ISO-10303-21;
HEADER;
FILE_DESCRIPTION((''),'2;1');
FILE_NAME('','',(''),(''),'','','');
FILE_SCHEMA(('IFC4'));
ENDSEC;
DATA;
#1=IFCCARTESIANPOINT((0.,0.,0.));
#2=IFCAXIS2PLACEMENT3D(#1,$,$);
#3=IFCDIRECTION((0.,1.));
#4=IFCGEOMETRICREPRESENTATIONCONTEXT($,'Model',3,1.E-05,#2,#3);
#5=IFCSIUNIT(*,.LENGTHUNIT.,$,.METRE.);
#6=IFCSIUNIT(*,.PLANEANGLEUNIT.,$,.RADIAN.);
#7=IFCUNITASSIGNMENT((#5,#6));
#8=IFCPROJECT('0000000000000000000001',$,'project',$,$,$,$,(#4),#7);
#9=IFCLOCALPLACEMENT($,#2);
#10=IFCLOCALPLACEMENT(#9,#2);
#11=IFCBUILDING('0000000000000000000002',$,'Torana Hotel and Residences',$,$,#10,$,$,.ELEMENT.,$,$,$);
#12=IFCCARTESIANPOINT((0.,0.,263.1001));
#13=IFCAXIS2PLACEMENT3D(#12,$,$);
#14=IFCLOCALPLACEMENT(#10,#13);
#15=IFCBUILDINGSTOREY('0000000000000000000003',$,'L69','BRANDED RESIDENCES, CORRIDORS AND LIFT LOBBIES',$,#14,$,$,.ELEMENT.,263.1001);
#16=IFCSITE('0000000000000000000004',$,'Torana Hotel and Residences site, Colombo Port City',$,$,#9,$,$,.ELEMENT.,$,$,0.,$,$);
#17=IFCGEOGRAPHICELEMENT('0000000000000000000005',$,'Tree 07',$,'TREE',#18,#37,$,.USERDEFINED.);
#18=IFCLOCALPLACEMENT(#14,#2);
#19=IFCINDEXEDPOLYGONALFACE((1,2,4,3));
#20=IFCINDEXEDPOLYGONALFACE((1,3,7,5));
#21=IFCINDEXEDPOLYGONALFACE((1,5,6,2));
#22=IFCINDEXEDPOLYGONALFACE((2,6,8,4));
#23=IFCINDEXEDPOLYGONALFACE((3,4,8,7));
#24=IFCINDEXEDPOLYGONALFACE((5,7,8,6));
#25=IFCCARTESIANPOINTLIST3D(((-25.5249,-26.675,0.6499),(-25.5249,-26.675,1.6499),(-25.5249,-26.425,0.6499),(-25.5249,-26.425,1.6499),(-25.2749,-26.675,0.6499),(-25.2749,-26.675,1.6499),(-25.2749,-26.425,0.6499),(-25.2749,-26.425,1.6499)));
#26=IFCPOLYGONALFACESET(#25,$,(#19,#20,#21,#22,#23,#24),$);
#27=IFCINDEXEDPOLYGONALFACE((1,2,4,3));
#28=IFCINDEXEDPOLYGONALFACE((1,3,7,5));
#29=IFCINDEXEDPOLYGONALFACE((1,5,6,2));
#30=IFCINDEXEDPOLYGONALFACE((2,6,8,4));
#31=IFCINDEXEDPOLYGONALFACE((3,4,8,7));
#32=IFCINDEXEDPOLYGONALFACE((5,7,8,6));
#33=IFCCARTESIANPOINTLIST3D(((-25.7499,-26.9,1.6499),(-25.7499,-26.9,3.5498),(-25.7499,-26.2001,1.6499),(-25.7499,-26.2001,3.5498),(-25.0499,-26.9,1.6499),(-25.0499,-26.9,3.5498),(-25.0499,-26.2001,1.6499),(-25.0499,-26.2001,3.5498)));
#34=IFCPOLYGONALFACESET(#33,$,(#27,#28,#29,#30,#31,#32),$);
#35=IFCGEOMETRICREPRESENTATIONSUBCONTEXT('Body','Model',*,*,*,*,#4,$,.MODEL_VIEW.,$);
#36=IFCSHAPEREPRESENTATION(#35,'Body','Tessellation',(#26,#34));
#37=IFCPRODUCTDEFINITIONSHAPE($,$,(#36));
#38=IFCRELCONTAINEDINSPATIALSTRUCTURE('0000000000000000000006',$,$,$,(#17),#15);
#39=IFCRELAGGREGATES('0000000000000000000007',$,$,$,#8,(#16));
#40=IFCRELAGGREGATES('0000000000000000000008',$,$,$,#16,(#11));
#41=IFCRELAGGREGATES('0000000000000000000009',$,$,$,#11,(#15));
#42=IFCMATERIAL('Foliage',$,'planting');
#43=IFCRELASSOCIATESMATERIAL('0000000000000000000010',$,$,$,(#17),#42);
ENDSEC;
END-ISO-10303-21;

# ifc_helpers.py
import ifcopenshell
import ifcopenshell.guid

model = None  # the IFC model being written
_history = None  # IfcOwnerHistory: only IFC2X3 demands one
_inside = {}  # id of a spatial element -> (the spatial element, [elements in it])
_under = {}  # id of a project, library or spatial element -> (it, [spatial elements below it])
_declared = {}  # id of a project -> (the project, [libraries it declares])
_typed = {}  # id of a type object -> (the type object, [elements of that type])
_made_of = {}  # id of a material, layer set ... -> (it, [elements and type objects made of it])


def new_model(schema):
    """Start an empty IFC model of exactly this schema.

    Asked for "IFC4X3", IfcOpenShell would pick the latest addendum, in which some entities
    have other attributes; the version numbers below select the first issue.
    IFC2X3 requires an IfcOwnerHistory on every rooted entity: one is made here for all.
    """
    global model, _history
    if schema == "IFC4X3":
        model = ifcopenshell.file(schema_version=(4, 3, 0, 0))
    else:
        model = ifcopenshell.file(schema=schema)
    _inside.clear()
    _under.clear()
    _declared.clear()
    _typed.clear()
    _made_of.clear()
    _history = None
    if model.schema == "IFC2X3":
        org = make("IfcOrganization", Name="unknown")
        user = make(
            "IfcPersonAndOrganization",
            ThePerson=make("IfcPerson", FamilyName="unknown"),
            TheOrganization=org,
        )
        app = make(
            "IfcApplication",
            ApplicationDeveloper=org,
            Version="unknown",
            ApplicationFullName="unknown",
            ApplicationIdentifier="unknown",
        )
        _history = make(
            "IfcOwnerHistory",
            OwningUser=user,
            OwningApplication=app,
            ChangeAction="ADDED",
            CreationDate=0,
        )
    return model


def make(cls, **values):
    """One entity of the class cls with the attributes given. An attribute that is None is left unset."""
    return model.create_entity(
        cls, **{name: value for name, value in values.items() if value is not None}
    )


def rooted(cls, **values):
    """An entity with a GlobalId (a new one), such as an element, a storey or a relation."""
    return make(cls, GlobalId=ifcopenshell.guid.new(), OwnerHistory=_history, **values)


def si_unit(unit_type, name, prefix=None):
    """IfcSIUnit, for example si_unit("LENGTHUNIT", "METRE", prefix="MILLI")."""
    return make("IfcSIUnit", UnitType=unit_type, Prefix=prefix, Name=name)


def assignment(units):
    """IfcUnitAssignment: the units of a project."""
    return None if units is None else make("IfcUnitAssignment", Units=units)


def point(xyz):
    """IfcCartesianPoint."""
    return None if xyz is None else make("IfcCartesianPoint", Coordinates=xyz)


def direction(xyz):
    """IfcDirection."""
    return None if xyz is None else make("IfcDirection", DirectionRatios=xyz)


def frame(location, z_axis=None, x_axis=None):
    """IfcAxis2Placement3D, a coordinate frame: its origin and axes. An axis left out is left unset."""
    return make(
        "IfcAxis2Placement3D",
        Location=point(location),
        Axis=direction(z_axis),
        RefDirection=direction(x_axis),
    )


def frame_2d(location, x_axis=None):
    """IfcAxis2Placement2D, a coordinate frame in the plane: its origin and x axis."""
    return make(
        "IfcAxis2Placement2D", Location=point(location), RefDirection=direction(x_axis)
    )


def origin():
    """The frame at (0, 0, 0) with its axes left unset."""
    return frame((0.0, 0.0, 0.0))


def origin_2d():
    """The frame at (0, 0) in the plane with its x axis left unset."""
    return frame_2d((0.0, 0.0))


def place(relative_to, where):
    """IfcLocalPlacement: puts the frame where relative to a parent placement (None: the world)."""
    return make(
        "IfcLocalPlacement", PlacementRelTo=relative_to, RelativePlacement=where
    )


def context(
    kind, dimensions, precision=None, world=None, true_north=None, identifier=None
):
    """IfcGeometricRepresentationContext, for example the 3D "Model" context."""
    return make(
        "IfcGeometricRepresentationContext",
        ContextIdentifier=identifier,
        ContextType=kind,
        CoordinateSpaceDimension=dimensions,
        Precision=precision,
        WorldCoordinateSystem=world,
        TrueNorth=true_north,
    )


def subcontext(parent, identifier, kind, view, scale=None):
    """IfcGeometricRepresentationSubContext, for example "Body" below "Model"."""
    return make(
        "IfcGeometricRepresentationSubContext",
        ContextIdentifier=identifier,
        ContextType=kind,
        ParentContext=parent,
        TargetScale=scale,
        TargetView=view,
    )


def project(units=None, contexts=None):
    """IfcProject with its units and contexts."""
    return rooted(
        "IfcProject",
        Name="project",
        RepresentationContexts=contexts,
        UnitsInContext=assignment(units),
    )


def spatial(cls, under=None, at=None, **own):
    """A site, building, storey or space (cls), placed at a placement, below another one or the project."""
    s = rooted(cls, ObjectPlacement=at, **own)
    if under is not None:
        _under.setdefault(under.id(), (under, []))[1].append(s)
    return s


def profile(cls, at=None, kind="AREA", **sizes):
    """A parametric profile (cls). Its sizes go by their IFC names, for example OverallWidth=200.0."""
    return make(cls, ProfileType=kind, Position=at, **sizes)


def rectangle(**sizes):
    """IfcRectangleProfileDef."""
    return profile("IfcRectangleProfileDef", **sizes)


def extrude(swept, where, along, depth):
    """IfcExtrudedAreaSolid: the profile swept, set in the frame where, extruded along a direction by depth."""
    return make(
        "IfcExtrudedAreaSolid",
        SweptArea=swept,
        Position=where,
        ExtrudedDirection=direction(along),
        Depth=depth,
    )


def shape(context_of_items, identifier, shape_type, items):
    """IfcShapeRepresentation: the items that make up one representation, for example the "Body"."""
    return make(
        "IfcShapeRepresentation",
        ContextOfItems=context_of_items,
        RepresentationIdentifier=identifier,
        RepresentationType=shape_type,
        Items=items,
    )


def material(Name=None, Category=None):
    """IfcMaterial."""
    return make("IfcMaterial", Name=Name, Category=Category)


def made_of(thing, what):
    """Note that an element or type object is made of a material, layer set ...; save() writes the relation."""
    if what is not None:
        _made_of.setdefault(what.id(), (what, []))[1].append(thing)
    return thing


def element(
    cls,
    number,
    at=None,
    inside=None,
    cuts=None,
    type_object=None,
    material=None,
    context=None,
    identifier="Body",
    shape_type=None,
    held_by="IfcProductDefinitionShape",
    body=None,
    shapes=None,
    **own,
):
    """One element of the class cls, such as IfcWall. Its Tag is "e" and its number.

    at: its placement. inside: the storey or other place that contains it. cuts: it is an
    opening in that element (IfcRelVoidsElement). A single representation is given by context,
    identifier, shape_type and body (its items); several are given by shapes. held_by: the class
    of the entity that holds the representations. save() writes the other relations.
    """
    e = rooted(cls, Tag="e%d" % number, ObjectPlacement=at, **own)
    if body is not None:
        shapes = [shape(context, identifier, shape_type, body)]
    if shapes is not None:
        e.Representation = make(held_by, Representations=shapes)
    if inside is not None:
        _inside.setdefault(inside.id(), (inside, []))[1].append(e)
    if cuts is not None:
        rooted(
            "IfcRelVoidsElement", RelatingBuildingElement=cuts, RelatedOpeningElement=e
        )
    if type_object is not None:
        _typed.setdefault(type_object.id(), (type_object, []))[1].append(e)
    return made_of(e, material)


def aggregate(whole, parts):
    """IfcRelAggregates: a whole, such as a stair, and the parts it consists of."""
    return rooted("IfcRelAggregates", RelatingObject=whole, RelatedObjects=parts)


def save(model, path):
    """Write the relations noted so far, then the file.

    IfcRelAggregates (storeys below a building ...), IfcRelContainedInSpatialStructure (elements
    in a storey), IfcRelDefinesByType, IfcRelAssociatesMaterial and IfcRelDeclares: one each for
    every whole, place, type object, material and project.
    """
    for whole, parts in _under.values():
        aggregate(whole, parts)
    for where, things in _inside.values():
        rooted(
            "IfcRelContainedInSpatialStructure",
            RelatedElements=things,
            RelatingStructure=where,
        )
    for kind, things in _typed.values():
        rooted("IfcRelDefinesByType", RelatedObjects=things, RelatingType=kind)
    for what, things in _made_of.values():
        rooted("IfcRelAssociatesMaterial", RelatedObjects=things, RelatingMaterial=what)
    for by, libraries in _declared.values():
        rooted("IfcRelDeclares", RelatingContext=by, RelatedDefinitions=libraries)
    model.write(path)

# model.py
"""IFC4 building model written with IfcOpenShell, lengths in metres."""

from ifc_helpers import new_model, si_unit, direction, frame, origin, origin_2d, place, context, subcontext, project, spatial, rectangle, extrude, material, element, save


model = new_model("IFC4")

# Units and contexts
model_context = context("Model", 3, precision=1e-05, world=origin(), true_north=direction((0.0, 1.0)))
body_context = subcontext(model_context, "Body", "Model", "MODEL_VIEW")
ifc_project = project(units=[si_unit("LENGTHUNIT", "METRE"), si_unit("PLANEANGLEUNIT", "RADIAN")], contexts=[model_context])

# Site, building, storey
site_placement = place(None, origin())
site = spatial("IfcSite", under=ifc_project, at=site_placement, Name="Torana Hotel and Residences site, Colombo Port City", CompositionType="ELEMENT", RefElevation=0.0)
building_placement = place(site_placement, origin())
building = spatial("IfcBuilding", under=site, at=building_placement, Name="Torana Hotel and Residences", CompositionType="ELEMENT")
storey_placement = place(building_placement, frame((0.0, 0.0, 263.1001)))
storey = spatial("IfcBuildingStorey", under=building, at=storey_placement, Name="L69", Description="BRANDED RESIDENCES, CORRIDORS AND LIFT LOBBIES", CompositionType="ELEMENT", Elevation=263.1001)

# Geographic element
ifc_material_1 = material(Name="Foliage", Category="planting")
geographic_element_placement = place(storey_placement, frame((-25.3999, -26.55, 0.6499), z_axis=(0.0, 0.0, 1.0), x_axis=(1.0, 0.0, 0.0)))
element("IfcGeographicElement", 1, at=geographic_element_placement, inside=storey, material=ifc_material_1, Name="Tree 07", ObjectType="TREE", PredefinedType="USERDEFINED", context=body_context, shape_type="SweptSolid", body=[
    extrude(rectangle(XDim=0.25, YDim=0.25, at=origin_2d()), origin(), (0.0, 0.0, 1.0), 1.0),
    extrude(rectangle(XDim=0.7, YDim=0.7, at=origin_2d()), frame((0.0, 0.0, 1.0)), (0.0, 0.0, 1.0), 1.8999),
])

save(model, "model.ifc")
